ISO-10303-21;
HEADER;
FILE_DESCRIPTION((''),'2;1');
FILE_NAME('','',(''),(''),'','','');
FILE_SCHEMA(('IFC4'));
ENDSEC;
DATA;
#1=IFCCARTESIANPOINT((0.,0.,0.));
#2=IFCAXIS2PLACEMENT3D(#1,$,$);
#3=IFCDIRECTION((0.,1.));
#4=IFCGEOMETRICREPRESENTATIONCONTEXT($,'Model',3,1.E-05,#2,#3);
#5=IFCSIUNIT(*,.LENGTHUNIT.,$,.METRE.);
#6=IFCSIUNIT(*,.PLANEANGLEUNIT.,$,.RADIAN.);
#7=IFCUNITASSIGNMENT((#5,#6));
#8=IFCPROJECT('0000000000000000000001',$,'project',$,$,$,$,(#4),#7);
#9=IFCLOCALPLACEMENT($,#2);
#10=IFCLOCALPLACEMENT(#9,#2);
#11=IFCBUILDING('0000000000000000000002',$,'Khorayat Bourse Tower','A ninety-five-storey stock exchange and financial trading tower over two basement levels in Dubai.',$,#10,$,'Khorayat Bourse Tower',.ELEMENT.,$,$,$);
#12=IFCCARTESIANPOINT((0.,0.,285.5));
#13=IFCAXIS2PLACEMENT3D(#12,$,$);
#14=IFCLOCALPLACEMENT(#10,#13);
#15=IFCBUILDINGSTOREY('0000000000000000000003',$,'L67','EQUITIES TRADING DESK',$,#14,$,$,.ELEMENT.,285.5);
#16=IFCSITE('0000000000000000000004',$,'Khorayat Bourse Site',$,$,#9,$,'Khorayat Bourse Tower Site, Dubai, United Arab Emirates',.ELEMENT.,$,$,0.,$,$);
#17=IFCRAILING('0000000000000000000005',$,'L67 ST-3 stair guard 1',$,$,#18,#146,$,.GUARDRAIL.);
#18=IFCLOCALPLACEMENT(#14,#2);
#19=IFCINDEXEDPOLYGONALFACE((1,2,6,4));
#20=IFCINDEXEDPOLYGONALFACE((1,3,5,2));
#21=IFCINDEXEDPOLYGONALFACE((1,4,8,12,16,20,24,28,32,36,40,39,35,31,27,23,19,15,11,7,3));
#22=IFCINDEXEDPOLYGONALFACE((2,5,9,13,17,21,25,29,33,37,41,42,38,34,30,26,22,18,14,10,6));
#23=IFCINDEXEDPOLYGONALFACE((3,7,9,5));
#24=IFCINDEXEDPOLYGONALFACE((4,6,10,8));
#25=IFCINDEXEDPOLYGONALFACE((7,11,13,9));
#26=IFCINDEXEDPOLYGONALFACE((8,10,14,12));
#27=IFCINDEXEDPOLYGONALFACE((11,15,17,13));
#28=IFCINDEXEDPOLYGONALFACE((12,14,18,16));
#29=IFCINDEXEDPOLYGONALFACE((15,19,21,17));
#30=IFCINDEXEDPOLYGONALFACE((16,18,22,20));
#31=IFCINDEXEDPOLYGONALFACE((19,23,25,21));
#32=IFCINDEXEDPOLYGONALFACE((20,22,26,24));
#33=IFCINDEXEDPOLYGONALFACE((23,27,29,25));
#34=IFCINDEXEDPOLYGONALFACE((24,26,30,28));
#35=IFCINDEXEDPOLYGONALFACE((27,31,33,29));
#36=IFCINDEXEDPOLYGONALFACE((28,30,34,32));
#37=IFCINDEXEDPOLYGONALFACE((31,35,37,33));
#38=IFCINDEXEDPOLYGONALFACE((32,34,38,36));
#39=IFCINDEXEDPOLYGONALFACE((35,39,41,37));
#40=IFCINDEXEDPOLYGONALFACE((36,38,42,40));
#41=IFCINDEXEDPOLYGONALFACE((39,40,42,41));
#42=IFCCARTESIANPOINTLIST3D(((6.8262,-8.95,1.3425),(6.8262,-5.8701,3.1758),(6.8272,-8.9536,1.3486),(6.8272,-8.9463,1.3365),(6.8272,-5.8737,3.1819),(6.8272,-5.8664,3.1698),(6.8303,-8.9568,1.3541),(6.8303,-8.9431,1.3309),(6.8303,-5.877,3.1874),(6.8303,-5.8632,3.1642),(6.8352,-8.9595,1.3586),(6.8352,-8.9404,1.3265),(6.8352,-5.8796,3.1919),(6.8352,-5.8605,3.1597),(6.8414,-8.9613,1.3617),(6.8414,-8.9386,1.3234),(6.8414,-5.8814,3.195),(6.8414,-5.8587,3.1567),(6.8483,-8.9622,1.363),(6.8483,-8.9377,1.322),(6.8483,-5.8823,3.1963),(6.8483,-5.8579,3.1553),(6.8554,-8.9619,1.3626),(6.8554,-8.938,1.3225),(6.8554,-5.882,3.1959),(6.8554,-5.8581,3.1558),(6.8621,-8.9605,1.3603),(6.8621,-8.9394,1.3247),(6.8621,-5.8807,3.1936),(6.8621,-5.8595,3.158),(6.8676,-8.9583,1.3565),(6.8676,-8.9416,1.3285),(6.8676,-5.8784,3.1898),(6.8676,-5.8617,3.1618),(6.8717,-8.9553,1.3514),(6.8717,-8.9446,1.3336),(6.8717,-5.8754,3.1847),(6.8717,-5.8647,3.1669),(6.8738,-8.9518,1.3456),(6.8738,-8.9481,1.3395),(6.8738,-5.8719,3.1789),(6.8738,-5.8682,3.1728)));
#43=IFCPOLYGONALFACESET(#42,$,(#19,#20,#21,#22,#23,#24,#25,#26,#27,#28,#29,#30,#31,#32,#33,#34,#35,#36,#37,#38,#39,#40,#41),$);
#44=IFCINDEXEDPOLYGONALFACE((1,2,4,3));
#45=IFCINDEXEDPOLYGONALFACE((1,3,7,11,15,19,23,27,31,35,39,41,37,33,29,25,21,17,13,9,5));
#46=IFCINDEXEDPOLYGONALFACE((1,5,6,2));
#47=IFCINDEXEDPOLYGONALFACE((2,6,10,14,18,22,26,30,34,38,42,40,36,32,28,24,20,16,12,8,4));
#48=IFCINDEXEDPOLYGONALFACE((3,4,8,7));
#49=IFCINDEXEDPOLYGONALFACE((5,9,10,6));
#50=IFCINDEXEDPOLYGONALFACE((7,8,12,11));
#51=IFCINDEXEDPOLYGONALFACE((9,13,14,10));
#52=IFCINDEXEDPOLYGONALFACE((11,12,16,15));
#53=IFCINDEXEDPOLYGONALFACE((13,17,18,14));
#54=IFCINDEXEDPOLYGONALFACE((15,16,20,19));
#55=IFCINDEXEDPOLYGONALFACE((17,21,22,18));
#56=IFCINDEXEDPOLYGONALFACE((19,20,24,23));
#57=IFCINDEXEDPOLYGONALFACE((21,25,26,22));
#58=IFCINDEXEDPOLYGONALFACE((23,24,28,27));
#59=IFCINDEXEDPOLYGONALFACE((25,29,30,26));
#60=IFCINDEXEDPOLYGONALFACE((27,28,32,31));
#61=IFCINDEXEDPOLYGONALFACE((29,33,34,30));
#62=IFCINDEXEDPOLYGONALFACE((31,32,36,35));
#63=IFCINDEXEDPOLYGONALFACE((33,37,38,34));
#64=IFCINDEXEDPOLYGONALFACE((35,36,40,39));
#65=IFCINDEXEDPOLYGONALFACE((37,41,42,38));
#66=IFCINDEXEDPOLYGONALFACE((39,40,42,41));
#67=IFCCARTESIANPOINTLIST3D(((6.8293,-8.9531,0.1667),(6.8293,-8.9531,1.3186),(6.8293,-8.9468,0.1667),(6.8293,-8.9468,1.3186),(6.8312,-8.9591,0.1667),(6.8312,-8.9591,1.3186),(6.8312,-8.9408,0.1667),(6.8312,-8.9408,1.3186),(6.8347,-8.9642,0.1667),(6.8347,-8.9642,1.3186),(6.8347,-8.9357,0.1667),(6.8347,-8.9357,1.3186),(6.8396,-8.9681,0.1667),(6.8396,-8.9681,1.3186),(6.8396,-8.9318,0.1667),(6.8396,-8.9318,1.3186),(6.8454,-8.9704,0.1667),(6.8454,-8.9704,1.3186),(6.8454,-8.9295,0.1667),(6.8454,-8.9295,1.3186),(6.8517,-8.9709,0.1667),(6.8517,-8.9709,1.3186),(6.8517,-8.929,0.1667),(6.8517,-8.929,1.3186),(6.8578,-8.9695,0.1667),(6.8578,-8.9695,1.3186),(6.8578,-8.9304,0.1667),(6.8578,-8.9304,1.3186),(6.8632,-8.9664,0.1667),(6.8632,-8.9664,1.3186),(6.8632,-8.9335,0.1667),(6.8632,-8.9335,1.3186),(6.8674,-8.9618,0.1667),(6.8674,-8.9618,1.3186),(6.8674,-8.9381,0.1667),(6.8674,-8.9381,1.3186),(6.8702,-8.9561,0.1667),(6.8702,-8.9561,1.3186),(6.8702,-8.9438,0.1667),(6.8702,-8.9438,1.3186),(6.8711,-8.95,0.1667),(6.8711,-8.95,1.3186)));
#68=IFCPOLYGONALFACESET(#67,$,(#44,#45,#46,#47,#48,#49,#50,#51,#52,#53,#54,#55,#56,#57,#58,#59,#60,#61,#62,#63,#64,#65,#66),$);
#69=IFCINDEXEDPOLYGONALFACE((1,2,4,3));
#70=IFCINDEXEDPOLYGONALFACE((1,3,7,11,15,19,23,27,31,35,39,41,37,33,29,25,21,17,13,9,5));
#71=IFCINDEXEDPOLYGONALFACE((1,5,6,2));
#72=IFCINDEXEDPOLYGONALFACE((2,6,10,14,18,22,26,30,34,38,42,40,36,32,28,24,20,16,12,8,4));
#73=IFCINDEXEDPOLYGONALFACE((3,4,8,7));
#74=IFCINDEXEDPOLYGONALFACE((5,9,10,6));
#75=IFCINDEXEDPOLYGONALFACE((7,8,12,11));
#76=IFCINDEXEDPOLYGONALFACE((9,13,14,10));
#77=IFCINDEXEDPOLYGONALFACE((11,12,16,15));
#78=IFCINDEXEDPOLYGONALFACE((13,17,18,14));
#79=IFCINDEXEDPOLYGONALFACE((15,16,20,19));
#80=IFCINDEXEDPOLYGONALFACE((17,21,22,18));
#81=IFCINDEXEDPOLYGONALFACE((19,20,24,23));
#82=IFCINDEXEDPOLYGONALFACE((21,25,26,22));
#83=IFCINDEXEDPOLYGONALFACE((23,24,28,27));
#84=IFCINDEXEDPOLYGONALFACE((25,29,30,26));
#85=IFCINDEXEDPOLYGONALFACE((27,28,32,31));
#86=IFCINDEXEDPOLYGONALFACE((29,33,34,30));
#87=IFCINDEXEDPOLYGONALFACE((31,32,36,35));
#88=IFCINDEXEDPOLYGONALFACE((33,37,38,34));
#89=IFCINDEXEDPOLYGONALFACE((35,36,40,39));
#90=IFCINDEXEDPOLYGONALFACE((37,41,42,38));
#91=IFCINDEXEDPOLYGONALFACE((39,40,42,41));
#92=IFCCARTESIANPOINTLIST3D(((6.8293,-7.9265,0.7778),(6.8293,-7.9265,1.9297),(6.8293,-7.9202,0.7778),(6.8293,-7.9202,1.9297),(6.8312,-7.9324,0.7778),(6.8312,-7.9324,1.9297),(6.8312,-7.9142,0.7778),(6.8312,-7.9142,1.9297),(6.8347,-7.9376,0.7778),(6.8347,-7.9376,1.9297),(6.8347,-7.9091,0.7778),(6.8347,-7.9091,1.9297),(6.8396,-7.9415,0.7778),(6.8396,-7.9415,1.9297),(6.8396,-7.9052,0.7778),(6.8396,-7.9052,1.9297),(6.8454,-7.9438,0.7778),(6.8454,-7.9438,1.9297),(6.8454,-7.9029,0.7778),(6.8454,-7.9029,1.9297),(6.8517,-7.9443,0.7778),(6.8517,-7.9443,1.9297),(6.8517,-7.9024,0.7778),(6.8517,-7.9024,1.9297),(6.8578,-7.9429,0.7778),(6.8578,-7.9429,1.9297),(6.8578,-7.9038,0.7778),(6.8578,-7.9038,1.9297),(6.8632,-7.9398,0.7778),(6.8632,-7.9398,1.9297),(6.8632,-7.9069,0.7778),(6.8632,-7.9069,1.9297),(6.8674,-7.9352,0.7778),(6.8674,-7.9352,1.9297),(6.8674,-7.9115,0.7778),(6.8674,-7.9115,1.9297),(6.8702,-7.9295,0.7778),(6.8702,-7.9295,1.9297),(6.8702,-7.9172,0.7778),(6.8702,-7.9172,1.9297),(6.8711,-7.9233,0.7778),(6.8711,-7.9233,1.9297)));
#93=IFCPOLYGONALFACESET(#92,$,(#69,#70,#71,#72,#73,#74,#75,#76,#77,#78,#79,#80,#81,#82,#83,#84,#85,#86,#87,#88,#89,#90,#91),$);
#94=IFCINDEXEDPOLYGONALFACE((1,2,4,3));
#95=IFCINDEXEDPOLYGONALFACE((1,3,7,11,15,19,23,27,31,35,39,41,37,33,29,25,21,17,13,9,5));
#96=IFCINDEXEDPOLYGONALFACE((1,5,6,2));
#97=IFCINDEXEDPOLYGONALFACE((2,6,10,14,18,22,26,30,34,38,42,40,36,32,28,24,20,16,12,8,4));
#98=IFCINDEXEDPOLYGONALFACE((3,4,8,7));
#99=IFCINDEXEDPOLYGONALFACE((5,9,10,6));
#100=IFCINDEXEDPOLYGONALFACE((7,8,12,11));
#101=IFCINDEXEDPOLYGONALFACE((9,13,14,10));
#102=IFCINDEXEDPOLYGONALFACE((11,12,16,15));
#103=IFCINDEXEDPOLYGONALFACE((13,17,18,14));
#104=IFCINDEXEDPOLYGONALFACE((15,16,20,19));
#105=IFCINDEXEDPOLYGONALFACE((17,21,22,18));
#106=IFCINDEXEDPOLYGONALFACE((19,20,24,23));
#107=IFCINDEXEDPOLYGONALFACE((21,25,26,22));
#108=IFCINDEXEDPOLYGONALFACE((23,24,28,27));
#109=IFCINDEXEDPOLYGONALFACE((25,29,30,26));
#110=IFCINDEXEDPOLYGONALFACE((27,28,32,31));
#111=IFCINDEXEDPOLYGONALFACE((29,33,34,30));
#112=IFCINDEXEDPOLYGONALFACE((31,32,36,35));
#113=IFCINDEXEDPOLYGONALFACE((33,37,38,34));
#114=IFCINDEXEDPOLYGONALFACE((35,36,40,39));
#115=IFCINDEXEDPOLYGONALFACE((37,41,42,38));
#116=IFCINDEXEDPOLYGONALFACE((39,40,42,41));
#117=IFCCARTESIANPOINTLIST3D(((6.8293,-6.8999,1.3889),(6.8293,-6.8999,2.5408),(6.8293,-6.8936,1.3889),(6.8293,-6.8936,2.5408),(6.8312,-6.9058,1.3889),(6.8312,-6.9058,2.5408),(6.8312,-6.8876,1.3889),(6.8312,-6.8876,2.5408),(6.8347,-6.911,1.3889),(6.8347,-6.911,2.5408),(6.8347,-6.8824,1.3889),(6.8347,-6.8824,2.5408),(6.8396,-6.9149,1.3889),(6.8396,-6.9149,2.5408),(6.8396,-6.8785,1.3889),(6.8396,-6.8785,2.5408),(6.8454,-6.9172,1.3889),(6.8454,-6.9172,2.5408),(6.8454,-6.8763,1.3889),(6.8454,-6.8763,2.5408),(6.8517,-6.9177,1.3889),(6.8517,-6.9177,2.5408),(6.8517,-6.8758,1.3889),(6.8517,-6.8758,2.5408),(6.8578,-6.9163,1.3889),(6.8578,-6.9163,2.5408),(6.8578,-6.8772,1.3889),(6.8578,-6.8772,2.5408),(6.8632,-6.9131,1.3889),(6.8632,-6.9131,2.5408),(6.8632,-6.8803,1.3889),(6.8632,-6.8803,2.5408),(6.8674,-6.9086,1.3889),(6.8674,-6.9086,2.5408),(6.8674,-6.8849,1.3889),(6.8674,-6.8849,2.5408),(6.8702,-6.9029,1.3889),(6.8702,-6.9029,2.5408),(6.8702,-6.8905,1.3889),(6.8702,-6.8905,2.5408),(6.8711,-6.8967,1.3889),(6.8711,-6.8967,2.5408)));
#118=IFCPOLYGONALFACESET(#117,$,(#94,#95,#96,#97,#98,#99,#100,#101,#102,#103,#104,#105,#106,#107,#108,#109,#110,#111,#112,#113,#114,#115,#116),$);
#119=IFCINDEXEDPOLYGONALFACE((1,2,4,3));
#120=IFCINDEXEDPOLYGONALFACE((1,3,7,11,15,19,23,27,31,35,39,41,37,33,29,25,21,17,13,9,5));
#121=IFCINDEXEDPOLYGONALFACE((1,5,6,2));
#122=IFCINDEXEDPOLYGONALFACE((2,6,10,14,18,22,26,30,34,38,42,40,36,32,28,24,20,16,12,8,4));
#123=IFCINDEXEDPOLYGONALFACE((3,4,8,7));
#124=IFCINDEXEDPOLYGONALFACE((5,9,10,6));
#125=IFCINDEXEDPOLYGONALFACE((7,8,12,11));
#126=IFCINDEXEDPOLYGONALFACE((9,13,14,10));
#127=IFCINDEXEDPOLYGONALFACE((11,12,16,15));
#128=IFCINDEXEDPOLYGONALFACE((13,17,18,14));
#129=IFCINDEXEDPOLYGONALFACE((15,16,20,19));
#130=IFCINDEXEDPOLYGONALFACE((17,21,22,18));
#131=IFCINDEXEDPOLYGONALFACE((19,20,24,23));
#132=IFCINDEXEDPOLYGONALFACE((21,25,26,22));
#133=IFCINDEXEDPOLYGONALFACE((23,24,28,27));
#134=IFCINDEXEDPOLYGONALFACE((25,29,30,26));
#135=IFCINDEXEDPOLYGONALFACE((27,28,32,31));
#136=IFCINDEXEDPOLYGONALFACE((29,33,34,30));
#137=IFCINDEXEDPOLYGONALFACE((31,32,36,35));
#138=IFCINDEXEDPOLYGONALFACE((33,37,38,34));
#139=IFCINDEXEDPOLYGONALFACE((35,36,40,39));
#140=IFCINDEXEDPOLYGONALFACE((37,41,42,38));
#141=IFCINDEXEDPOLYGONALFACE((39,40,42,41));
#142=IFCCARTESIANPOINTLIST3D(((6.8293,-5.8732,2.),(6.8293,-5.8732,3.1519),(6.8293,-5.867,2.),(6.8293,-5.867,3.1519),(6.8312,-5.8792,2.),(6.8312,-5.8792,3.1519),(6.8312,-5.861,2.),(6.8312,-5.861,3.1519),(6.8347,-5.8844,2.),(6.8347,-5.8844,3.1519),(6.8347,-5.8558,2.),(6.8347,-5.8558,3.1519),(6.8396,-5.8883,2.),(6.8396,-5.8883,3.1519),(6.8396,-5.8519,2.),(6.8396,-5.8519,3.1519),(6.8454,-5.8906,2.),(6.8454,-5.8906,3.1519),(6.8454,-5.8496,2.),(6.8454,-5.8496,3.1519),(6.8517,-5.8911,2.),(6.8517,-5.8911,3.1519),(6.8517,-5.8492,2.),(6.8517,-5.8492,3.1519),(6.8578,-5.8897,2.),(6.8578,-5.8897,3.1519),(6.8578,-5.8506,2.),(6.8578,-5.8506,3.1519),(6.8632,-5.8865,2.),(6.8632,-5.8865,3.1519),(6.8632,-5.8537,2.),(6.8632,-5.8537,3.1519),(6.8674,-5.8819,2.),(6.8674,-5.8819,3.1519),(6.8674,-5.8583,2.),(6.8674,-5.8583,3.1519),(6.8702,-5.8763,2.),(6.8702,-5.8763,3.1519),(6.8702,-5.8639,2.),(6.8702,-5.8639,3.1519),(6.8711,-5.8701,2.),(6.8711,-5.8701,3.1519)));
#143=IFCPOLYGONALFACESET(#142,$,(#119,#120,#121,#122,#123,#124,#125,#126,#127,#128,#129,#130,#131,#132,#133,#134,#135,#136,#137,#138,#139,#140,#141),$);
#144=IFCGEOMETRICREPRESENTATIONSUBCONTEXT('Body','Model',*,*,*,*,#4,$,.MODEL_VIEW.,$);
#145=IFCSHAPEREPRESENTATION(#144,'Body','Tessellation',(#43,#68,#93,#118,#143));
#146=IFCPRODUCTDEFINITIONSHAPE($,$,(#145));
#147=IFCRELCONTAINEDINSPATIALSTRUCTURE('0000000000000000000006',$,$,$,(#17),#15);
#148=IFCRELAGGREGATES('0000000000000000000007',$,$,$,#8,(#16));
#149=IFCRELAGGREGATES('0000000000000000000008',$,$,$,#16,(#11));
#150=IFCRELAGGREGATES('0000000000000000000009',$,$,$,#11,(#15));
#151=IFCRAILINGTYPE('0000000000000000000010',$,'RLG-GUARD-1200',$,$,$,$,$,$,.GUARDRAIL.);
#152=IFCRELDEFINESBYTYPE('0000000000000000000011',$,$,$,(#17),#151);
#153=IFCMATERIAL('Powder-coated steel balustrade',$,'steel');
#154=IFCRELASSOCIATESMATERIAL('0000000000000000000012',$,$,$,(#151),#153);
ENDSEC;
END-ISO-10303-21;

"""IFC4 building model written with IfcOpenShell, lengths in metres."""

from ifc_helpers import new_model, si_unit, direction, frame, origin, origin_2d, place, context, subcontext, project, spatial, circle, extrude, source, transform, mapped, material, type_object, element, save


model = new_model("IFC4")

# Units and contexts
model_context = context("Model", 3, precision=1e-05, world=origin(), true_north=direction((0.0, 1.0)))
body_context = subcontext(model_context, "Body", "Model", "MODEL_VIEW")
ifc_project = project(units=[si_unit("LENGTHUNIT", "METRE"), si_unit("PLANEANGLEUNIT", "RADIAN")], contexts=[model_context])

# Site, building, storey
site_placement = place(None, origin())
site = spatial("IfcSite", under=ifc_project, at=site_placement, Name="Khorayat Bourse Site", LongName="Khorayat Bourse Tower Site, Dubai, United Arab Emirates", CompositionType="ELEMENT", RefElevation=0.0)
building_placement = place(site_placement, origin())
building = spatial("IfcBuilding", under=site, at=building_placement, Name="Khorayat Bourse Tower", Description="A ninety-five-storey stock exchange and financial trading tower over two basement levels in Dubai.", LongName="Khorayat Bourse Tower", CompositionType="ELEMENT")
storey_placement = place(building_placement, frame((0.0, 0.0, 285.5)))
storey = spatial("IfcBuildingStorey", under=building, at=storey_placement, Name="L67", Description="EQUITIES TRADING DESK", CompositionType="ELEMENT", Elevation=285.5)

# Railing
ifc_material_1 = material(Name="Powder-coated steel balustrade", Category="steel")
railing_type_1 = type_object("IfcRailingType", Name="RLG-GUARD-1200", PredefinedType="GUARDRAIL", material=ifc_material_1)
shared_shape_1 = source(origin(), body_context, "Body", "SweptSolid", [
    extrude(circle(Radius=0.0239, at=origin_2d()), frame((0.0, 0.0, 1.1758), z_axis=(0.0, 0.859291, 0.511487), x_axis=(-1.0, 0.0, 0.0)), (0.0, 0.0, 1.0), 3.5842),
    extrude(circle(Radius=0.021, at=origin_2d()), origin(), (0.0, 0.0, 1.0), 1.1519),
    extrude(circle(Radius=0.021, at=origin_2d()), frame((0.0, 1.0266, 0.6111)), (0.0, 0.0, 1.0), 1.1519),
    extrude(circle(Radius=0.021, at=origin_2d()), frame((0.0, 2.0532, 1.2222)), (0.0, 0.0, 1.0), 1.1519),
    extrude(circle(Radius=0.021, at=origin_2d()), frame((0.0, 3.0798, 1.8333)), (0.0, 0.0, 1.0), 1.1519),
])
railing_1_placement = place(storey_placement, frame((6.8501, -8.95, 0.1667)))
element("IfcRailing", 1, at=railing_1_placement, inside=storey, type_object=railing_type_1, Name="L67 ST-3 stair guard 1", PredefinedType="GUARDRAIL", context=body_context, shape_type="MappedRepresentation", body=[
    mapped(shared_shape_1, transform((0.0, 0.0, 0.0), scale=1.0)),
])

save(model, "model.ifc")
